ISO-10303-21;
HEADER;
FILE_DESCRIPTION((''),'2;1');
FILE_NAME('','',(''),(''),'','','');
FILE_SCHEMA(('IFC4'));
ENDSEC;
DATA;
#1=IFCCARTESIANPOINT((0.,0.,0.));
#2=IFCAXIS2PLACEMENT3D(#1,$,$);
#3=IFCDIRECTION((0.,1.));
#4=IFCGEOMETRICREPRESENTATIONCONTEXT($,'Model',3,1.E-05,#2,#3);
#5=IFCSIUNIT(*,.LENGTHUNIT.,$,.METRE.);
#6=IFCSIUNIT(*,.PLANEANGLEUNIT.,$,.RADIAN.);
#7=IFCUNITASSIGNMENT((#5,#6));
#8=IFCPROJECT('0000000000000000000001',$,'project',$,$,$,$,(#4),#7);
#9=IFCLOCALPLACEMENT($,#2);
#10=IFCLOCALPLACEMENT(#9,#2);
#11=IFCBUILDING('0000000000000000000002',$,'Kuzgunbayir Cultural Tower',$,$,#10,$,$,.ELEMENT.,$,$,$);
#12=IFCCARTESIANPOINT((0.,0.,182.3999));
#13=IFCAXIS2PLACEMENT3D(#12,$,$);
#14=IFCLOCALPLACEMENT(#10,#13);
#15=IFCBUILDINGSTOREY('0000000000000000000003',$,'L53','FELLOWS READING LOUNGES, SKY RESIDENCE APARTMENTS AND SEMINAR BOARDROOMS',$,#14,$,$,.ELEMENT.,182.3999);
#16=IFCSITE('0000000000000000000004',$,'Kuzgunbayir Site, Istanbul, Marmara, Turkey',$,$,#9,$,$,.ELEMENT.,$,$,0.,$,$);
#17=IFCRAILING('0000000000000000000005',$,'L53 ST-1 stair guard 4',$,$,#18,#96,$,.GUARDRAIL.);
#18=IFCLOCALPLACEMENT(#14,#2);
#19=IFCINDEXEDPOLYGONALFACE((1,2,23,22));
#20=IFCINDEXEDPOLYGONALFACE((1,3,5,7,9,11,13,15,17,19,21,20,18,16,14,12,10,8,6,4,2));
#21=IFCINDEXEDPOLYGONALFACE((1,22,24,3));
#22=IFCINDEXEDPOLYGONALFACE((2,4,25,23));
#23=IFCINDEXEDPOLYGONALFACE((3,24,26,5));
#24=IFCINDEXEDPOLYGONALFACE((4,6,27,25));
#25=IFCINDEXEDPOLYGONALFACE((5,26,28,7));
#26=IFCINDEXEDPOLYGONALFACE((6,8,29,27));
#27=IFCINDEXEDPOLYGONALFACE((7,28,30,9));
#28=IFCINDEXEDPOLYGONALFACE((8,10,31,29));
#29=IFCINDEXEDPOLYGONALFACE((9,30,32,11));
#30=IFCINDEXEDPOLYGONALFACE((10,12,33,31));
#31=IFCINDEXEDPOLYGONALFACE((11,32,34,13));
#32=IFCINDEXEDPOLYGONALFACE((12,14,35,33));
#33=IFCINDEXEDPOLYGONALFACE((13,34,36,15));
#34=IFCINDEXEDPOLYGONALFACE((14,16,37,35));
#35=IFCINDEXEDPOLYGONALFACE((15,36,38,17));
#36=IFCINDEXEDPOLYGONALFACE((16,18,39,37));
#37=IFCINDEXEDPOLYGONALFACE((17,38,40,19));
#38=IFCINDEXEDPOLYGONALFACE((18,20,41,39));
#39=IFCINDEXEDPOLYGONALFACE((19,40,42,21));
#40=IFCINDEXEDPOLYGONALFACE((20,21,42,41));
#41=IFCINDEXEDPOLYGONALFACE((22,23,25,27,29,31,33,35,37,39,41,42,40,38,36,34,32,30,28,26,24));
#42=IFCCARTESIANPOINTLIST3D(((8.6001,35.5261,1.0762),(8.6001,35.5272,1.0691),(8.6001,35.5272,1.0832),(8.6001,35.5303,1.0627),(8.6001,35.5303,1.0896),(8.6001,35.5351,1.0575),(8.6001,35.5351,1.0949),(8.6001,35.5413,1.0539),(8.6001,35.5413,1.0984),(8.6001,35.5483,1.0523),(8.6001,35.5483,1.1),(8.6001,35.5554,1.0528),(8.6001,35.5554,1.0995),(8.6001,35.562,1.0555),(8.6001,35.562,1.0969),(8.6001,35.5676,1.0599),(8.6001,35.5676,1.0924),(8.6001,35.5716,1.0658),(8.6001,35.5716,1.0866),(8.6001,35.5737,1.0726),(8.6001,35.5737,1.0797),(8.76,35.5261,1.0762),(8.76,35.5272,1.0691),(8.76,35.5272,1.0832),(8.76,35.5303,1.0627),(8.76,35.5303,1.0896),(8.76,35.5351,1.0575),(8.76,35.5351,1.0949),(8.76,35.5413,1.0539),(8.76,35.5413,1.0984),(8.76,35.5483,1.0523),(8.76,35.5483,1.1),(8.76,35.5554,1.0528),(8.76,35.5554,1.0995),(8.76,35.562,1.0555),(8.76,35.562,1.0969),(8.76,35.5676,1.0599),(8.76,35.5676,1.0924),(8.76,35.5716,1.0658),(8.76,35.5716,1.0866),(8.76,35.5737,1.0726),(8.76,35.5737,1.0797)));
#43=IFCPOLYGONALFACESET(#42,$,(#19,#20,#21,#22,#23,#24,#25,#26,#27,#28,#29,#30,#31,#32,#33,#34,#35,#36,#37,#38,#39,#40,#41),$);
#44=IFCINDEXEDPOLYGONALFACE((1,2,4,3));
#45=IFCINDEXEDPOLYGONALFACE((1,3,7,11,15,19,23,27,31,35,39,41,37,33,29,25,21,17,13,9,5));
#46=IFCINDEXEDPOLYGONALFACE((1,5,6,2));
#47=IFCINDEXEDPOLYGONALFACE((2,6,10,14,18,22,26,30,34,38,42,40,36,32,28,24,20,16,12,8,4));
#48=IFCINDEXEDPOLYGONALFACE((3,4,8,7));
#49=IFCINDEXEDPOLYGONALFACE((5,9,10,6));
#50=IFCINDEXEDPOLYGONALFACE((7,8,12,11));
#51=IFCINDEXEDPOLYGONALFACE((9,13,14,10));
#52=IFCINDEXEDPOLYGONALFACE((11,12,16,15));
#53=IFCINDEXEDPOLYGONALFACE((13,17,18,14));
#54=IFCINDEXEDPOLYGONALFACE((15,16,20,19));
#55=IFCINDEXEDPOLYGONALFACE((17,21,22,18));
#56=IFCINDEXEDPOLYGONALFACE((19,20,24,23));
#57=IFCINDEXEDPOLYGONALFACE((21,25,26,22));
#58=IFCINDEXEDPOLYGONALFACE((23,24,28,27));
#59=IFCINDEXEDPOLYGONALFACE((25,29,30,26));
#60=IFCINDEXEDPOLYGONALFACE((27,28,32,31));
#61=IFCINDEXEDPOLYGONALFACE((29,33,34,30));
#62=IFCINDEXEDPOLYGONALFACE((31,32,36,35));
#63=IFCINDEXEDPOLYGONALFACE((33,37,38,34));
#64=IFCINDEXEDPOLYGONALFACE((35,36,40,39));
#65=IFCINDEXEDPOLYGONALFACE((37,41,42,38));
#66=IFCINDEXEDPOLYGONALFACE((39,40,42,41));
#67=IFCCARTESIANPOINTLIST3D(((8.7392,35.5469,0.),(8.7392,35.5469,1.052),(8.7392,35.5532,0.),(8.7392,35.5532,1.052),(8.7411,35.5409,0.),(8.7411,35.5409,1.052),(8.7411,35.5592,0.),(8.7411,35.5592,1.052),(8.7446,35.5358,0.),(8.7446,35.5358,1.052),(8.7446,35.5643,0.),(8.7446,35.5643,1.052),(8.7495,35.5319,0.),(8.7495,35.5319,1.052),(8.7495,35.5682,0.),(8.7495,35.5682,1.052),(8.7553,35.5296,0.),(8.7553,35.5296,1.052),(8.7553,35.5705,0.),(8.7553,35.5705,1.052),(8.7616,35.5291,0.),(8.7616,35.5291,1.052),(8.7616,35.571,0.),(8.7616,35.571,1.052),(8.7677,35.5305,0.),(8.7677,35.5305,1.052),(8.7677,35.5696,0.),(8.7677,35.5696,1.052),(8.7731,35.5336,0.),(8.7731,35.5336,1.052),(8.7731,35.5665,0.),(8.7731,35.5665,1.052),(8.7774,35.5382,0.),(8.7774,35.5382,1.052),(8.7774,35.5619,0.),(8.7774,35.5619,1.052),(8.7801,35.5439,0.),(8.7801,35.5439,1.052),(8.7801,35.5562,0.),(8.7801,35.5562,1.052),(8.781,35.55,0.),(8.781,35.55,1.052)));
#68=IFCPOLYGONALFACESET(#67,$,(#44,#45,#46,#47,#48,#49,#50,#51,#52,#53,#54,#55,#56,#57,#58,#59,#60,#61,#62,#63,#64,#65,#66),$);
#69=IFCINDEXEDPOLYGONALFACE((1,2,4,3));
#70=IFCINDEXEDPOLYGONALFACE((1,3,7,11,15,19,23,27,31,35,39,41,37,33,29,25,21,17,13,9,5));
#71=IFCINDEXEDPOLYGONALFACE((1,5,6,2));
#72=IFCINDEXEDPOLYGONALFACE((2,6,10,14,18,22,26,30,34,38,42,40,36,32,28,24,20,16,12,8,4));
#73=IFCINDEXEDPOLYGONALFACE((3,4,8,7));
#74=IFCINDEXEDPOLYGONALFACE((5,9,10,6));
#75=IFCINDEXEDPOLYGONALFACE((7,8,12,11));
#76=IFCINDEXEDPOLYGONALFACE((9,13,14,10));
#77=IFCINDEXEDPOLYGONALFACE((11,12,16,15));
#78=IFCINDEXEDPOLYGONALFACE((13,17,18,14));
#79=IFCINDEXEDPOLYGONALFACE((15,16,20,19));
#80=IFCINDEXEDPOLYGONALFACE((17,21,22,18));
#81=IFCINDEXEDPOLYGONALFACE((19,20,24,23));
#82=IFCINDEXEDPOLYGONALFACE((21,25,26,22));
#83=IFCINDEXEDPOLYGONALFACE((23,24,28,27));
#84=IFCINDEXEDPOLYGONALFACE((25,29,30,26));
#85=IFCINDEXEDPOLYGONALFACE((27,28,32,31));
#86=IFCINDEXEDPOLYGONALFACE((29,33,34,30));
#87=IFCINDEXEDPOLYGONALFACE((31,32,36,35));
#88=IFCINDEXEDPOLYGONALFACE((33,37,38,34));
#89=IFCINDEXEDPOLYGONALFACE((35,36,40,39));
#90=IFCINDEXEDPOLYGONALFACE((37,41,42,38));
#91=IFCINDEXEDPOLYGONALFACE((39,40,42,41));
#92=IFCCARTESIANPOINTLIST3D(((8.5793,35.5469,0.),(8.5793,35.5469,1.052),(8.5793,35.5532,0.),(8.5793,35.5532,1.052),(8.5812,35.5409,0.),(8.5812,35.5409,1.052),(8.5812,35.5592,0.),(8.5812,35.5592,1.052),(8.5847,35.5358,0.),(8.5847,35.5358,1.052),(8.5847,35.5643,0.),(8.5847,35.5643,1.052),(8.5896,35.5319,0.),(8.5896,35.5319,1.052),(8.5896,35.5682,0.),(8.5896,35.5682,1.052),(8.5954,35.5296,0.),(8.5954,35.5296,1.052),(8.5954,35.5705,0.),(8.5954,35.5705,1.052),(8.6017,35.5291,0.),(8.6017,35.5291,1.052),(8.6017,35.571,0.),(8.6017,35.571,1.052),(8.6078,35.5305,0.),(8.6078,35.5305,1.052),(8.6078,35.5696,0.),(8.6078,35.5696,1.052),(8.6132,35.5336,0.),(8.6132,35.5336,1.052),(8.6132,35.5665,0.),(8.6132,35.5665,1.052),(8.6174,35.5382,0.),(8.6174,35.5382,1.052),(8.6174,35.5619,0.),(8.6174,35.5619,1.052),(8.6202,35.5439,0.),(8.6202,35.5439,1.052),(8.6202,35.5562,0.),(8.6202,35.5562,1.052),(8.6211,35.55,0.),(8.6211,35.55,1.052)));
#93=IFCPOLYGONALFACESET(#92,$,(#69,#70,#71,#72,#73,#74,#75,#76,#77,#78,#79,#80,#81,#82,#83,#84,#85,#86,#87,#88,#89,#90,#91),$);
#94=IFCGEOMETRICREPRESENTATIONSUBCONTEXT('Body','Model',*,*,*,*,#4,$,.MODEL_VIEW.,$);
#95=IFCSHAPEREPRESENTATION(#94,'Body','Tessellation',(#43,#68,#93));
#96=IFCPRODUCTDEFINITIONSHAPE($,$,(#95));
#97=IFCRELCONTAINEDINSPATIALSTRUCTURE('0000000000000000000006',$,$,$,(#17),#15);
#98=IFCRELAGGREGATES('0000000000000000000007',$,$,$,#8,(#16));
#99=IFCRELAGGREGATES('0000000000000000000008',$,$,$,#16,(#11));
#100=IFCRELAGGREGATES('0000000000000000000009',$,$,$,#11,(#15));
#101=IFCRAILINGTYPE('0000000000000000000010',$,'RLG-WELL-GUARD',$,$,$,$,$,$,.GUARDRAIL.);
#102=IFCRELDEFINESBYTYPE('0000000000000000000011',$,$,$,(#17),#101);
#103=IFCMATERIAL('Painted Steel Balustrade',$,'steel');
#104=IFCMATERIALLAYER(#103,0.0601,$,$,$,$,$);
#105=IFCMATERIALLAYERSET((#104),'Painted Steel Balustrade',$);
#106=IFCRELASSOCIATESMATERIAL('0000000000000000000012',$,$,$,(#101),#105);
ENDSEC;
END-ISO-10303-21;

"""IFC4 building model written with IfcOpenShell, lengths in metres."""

from ifc_helpers import new_model, si_unit, direction, frame, origin, origin_2d, place, context, subcontext, project, spatial, circle, extrude, material, layer, layer_set, type_object, element, save


model = new_model("IFC4")

# Units and contexts
model_context = context("Model", 3, precision=1e-05, world=origin(), true_north=direction((0.0, 1.0)))
body_context = subcontext(model_context, "Body", "Model", "MODEL_VIEW")
ifc_project = project(units=[si_unit("LENGTHUNIT", "METRE"), si_unit("PLANEANGLEUNIT", "RADIAN")], contexts=[model_context])

# Site, building, storey
site_placement = place(None, origin())
site = spatial("IfcSite", under=ifc_project, at=site_placement, Name="Kuzgunbayir Site, Istanbul, Marmara, Turkey", CompositionType="ELEMENT", RefElevation=0.0)
building_placement = place(site_placement, origin())
building = spatial("IfcBuilding", under=site, at=building_placement, Name="Kuzgunbayir Cultural Tower", CompositionType="ELEMENT")
storey_placement = place(building_placement, frame((0.0, 0.0, 182.3999)))
storey = spatial("IfcBuildingStorey", under=building, at=storey_placement, Name="L53", Description="FELLOWS READING LOUNGES, SKY RESIDENCE APARTMENTS AND SEMINAR BOARDROOMS", CompositionType="ELEMENT", Elevation=182.3999)

# Railing
ifc_material_1 = material(Name="Painted Steel Balustrade", Category="steel")
ifc_layer_1 = layer(ifc_material_1, 0.0601)
ifc_layer_set_1 = layer_set([ifc_layer_1], Name="Painted Steel Balustrade")
railing_type_1 = type_object("IfcRailingType", Name="RLG-WELL-GUARD", PredefinedType="GUARDRAIL", material=ifc_layer_set_1)
railing_1_placement = place(storey_placement, frame((8.76, 35.55, 0.0)))
element("IfcRailing", 1, at=railing_1_placement, inside=storey, type_object=railing_type_1, Name="L53 ST-1 stair guard 4", PredefinedType="GUARDRAIL", context=body_context, shape_type="SweptSolid", body=[
    extrude(circle(Radius=0.0239, at=origin_2d()), frame((0.0, 0.0, 1.0762), z_axis=(-1.0, 0.0, 0.0), x_axis=(0.0, -1.0, 0.0)), (0.0, 0.0, 1.0), 0.1599),
    extrude(circle(Radius=0.021, at=origin_2d()), origin(), (0.0, 0.0, 1.0), 1.052),
    extrude(circle(Radius=0.021, at=origin_2d()), frame((-0.1599, 0.0, 0.0)), (0.0, 0.0, 1.0), 1.052),
])

save(model, "model.ifc")
